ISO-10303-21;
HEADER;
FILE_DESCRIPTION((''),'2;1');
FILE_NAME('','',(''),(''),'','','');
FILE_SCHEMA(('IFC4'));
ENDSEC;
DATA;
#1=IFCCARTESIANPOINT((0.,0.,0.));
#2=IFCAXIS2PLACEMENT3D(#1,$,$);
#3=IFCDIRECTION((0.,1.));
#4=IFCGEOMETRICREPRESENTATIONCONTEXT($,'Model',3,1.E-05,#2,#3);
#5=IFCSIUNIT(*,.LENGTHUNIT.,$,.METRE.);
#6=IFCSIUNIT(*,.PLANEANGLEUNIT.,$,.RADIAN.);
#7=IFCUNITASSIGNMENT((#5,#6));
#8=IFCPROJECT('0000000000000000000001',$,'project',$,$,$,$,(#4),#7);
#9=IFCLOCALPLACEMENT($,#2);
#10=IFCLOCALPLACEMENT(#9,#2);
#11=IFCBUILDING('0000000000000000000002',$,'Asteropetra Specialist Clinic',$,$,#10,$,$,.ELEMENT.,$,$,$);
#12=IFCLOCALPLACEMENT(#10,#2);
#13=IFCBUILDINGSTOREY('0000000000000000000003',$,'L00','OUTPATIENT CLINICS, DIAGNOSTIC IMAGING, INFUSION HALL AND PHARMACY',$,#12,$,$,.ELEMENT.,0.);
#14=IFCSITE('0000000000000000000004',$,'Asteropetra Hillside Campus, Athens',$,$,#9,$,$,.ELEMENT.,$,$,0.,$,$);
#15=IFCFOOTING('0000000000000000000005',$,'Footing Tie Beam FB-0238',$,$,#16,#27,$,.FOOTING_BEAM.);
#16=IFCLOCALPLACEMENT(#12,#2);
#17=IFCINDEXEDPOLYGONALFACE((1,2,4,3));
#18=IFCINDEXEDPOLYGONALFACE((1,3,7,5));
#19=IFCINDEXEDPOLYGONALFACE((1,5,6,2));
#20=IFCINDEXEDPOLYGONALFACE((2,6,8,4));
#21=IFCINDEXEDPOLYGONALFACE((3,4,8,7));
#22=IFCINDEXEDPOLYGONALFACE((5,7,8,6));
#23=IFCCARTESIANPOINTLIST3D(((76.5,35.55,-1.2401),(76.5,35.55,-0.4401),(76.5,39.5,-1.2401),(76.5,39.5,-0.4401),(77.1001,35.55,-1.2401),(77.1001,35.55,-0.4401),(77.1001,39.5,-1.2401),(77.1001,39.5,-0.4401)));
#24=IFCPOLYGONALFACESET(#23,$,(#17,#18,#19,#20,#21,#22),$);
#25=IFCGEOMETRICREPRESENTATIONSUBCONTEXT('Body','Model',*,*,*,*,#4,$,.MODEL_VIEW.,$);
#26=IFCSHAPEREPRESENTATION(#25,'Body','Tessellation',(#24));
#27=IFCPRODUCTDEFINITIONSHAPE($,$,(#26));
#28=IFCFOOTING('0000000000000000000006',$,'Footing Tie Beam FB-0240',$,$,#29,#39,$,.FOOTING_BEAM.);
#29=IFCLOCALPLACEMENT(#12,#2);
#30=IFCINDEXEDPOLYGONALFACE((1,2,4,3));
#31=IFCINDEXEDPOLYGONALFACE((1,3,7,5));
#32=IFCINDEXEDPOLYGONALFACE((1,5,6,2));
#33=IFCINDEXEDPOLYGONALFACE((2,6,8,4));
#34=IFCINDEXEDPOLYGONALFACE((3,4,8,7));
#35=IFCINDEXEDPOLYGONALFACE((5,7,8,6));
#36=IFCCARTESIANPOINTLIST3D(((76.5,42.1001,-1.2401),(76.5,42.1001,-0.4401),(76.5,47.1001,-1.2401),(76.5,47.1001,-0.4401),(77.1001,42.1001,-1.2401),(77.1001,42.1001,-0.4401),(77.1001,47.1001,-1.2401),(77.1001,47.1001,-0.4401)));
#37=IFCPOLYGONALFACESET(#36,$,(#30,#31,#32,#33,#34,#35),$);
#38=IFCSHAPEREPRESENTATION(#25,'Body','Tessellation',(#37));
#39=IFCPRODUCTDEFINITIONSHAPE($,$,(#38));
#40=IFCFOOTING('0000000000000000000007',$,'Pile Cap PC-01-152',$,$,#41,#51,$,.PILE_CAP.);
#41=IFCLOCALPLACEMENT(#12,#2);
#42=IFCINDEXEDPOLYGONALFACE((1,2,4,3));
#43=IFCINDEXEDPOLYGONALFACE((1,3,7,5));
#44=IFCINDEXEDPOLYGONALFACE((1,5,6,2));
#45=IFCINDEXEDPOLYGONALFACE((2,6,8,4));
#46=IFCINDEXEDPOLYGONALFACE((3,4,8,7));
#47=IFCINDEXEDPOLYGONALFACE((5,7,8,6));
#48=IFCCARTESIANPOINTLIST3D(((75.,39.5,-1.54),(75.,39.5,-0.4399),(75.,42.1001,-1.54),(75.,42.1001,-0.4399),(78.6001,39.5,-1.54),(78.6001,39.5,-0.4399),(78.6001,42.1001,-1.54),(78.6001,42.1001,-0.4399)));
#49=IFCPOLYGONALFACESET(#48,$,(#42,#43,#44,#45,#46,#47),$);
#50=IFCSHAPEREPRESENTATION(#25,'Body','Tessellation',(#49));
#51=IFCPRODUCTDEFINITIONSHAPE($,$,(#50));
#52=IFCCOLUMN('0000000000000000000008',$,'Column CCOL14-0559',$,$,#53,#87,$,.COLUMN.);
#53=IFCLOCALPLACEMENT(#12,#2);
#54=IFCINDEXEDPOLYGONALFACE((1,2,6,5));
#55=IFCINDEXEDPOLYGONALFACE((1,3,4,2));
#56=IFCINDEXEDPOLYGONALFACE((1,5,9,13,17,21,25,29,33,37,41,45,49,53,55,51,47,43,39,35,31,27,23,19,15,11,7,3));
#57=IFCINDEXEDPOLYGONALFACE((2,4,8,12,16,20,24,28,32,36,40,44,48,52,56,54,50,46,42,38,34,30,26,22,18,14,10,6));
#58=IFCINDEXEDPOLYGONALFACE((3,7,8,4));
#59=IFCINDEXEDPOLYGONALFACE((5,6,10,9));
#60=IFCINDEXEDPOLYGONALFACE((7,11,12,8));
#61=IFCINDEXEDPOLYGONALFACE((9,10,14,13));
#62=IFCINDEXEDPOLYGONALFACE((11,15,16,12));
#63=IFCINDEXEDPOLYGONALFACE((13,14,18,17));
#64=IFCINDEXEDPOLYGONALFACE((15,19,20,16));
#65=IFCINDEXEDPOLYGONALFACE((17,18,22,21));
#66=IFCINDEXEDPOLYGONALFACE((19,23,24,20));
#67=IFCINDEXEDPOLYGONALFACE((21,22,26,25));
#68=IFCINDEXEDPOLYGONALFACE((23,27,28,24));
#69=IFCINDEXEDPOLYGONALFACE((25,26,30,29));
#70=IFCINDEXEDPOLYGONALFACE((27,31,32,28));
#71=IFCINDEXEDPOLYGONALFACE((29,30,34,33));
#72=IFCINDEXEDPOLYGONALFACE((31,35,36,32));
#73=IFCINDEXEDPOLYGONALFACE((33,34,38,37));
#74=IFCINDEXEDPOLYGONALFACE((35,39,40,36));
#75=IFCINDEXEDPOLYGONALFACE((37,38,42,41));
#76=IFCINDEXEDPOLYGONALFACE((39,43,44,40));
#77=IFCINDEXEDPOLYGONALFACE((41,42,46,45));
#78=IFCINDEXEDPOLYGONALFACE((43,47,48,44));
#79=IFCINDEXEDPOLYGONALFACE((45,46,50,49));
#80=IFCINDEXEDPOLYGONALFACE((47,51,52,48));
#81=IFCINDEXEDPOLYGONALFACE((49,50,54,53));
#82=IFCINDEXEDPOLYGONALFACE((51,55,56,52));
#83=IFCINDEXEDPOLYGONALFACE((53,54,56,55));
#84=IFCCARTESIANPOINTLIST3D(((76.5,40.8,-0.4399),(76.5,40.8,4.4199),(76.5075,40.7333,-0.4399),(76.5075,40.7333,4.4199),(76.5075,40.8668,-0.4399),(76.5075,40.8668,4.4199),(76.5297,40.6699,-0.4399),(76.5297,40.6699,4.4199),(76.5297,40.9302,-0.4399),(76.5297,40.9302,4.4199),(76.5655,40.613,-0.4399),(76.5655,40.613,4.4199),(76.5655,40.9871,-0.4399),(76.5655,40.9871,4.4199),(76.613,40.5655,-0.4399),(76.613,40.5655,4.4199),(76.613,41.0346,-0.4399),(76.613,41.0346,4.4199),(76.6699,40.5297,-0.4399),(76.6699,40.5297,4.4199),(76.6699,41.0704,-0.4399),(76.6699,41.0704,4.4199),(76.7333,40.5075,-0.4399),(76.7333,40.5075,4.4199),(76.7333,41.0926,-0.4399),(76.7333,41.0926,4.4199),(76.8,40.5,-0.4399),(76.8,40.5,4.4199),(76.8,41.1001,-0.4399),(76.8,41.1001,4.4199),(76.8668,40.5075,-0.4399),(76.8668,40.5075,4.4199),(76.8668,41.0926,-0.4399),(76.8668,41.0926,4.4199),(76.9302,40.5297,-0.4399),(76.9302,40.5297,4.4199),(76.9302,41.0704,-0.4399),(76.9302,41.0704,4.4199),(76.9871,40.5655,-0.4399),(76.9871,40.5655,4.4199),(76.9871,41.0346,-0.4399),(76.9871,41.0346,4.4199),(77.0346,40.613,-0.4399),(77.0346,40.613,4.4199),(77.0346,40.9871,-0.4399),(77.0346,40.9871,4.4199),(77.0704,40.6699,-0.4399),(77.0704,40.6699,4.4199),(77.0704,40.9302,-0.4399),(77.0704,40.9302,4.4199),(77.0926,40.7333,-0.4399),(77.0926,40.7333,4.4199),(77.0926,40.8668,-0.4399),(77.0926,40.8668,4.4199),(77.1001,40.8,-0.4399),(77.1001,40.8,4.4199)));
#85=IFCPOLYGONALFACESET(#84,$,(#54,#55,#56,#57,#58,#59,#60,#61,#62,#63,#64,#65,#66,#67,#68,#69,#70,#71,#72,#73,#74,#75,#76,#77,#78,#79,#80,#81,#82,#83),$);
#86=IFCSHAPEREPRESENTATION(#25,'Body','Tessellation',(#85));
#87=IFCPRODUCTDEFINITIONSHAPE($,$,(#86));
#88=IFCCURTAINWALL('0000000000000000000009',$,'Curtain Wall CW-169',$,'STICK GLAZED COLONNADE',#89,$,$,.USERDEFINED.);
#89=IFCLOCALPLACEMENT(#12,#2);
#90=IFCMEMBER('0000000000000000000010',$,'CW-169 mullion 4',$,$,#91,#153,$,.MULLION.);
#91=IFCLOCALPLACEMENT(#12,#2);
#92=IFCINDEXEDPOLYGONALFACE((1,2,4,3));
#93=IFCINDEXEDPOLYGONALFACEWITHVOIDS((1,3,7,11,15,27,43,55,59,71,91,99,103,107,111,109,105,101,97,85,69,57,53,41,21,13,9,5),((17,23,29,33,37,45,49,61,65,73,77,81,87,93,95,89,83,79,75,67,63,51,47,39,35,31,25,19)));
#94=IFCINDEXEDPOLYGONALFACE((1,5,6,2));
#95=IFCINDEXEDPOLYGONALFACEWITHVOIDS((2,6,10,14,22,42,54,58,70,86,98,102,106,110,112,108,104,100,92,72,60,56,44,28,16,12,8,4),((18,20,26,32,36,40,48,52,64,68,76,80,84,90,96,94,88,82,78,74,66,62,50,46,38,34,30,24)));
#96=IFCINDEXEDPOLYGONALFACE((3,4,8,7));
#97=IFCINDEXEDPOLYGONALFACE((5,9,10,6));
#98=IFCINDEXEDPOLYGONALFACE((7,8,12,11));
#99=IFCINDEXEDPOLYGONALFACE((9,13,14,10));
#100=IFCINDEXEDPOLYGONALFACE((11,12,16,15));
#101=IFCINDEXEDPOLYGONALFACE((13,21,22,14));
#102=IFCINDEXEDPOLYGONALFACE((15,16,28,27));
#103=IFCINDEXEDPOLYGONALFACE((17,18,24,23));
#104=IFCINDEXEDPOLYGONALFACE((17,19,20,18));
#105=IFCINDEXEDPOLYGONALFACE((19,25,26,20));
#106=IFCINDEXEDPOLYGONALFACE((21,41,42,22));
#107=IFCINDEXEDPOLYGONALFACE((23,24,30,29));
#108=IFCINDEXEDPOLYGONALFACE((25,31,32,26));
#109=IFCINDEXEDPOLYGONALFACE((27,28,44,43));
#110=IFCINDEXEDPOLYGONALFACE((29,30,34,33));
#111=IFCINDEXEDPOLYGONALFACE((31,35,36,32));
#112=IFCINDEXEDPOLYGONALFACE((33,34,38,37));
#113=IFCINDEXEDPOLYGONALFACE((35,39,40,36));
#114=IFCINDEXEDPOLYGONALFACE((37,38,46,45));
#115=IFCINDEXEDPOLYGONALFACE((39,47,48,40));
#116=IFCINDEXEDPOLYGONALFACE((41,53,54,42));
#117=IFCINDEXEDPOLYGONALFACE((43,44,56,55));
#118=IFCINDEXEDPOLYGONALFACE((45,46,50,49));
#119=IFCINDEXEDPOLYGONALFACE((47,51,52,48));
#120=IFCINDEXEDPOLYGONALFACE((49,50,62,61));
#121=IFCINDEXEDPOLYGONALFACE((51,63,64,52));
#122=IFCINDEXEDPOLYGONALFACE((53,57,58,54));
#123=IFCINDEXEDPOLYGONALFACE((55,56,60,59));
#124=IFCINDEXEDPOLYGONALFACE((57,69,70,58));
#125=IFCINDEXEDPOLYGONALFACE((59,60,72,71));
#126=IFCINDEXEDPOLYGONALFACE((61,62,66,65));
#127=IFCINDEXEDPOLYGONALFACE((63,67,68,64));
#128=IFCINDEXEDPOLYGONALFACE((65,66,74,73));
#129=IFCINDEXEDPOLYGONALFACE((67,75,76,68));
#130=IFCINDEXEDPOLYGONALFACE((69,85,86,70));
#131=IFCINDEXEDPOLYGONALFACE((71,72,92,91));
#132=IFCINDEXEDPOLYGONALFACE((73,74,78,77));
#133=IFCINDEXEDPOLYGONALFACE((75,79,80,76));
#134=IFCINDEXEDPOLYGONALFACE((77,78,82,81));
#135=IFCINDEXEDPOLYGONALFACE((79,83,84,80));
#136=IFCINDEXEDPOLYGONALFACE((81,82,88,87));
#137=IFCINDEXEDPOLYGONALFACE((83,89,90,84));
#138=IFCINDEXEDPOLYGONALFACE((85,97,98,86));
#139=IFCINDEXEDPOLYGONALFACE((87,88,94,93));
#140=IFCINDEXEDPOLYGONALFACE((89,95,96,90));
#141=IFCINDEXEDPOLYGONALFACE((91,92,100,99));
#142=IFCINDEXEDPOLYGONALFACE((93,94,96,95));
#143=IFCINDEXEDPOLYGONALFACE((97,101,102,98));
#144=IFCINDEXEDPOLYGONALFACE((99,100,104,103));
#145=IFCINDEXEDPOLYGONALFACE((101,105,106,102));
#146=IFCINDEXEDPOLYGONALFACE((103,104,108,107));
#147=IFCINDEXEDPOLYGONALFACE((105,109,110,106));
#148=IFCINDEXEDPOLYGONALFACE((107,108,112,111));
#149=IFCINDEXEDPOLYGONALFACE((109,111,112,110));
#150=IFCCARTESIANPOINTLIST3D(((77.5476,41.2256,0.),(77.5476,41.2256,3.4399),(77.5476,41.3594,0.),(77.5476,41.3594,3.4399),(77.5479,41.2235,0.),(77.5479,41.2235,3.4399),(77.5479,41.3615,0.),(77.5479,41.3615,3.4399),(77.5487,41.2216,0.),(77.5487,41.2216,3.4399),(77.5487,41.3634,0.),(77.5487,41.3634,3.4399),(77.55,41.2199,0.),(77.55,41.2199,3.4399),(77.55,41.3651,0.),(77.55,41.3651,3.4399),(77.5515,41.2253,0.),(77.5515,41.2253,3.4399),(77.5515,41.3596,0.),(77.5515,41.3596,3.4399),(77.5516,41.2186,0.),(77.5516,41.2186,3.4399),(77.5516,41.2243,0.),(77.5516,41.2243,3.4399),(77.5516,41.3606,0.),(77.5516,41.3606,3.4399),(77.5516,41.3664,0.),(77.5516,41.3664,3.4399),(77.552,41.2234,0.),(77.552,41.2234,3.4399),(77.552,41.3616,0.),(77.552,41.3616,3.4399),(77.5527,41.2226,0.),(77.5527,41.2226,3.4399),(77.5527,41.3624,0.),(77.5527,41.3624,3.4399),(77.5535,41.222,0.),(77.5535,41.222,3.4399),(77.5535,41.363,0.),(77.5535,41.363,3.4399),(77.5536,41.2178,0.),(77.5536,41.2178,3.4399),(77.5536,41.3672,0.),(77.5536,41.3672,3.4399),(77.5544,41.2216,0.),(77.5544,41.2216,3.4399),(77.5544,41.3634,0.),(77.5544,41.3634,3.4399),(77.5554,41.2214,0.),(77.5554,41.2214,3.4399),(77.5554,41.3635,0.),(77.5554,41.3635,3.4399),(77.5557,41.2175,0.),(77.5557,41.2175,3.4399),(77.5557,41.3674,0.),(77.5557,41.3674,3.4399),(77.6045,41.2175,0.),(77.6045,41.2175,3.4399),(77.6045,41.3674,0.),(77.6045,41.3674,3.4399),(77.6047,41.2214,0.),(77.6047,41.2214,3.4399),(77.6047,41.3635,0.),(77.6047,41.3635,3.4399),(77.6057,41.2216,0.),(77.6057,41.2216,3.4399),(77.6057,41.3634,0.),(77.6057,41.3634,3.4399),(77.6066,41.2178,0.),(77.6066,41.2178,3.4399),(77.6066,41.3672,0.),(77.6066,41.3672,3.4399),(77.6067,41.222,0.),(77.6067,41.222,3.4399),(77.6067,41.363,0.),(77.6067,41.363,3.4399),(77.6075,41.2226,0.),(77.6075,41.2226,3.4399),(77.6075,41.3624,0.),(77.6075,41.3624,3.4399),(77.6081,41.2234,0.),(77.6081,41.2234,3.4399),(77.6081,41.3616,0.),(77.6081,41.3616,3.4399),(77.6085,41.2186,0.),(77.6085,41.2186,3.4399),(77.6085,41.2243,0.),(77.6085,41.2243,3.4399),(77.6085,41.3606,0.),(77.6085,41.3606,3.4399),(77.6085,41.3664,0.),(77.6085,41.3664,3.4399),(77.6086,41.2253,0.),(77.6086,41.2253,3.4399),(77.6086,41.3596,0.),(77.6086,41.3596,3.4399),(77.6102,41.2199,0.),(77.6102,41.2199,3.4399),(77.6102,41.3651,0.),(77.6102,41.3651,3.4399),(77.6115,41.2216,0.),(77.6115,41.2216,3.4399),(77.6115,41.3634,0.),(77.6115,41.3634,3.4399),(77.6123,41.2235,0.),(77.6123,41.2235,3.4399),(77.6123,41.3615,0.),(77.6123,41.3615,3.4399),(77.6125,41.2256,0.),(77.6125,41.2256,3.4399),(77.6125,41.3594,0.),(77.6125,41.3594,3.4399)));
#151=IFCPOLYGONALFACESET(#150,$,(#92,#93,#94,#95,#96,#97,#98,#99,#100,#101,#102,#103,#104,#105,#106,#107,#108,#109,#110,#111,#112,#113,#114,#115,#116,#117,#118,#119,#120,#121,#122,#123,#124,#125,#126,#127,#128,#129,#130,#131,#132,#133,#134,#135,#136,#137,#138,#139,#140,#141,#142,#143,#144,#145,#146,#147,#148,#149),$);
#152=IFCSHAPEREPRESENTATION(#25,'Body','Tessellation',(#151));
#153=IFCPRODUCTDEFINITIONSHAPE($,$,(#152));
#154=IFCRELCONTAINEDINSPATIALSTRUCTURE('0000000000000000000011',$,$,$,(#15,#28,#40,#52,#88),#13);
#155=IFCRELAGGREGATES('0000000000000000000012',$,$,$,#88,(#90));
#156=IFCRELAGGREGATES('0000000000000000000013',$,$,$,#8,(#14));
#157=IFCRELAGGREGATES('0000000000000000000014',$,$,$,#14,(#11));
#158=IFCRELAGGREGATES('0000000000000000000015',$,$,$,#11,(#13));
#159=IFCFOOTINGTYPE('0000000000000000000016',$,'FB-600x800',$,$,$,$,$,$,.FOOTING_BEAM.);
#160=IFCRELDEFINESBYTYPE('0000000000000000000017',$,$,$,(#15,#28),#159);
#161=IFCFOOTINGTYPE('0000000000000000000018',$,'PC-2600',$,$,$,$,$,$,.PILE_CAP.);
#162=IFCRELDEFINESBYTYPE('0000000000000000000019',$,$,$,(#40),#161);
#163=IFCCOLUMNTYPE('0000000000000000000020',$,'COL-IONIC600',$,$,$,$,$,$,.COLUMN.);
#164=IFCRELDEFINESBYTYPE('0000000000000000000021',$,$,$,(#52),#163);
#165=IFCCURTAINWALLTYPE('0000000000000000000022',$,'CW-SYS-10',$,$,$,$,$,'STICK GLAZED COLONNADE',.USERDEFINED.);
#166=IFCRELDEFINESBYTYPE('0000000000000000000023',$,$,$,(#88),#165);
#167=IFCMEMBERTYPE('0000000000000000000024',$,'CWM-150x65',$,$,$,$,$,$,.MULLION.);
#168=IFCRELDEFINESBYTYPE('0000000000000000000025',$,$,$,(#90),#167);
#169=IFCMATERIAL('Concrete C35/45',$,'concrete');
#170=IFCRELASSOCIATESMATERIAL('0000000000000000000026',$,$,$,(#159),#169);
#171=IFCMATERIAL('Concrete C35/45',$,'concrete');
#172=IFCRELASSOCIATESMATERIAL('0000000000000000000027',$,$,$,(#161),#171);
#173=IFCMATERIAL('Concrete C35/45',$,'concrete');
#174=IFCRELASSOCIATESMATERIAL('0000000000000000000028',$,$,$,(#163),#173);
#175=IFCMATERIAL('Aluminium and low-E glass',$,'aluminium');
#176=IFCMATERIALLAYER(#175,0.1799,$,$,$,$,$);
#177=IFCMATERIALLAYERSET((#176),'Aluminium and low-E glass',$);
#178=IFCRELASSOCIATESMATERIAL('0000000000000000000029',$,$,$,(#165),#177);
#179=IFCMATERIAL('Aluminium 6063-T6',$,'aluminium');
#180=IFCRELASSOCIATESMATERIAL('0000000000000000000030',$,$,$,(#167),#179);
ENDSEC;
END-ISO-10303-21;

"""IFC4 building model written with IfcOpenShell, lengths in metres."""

from ifc_helpers import new_model, si_unit, direction, frame, origin, origin_2d, place, context, subcontext, project, spatial, rectangle, hollow_rectangle, circle, extrude, material, layer, layer_set, material_profile, profile_set, type_object, element, aggregate, save


model = new_model("IFC4")

# Units and contexts
model_context = context("Model", 3, precision=1e-05, world=origin(), true_north=direction((0.0, 1.0)))
body_context = subcontext(model_context, "Body", "Model", "MODEL_VIEW")
ifc_project = project(units=[si_unit("LENGTHUNIT", "METRE"), si_unit("PLANEANGLEUNIT", "RADIAN")], contexts=[model_context])

# Site, building, storey
site_placement = place(None, origin())
site = spatial("IfcSite", under=ifc_project, at=site_placement, Name="Asteropetra Hillside Campus, Athens", CompositionType="ELEMENT", RefElevation=0.0)
building_placement = place(site_placement, origin())
building = spatial("IfcBuilding", under=site, at=building_placement, Name="Asteropetra Specialist Clinic", CompositionType="ELEMENT")
storey_placement = place(building_placement, origin())
storey = spatial("IfcBuildingStorey", under=building, at=storey_placement, Name="L00", Description="OUTPATIENT CLINICS, DIAGNOSTIC IMAGING, INFUSION HALL AND PHARMACY", CompositionType="ELEMENT", Elevation=0.0)

# Footings
ifc_material_1 = material(Name="Concrete C35/45", Category="concrete")
ifc_material_profile_1 = material_profile(ifc_material_1, rectangle(XDim=0.6001, YDim=0.8, at=origin_2d()), Name="FB 600x800")
ifc_profile_set_1 = profile_set([ifc_material_profile_1], Name="Concrete C35/45")
footing_type_1 = type_object("IfcFootingType", Name="FB-600x800", PredefinedType="FOOTING_BEAM", material=ifc_profile_set_1)
footing_1_placement = place(storey_placement, frame((76.8, 35.55, -0.8401), z_axis=(0.0, 1.0, 0.0), x_axis=(-1.0, 0.0, 0.0)))
element("IfcFooting", 1, at=footing_1_placement, inside=storey, type_object=footing_type_1, Name="Footing Tie Beam FB-0238", PredefinedType="FOOTING_BEAM", context=body_context, shape_type="SweptSolid", body=[
    extrude(rectangle(XDim=0.6001, YDim=0.8, at=origin_2d()), origin(), (0.0, 0.0, 1.0), 3.95),
])
footing_2_placement = place(storey_placement, frame((76.8, 42.1001, -0.8401), z_axis=(0.0, 1.0, 0.0), x_axis=(-1.0, 0.0, 0.0)))
element("IfcFooting", 2, at=footing_2_placement, inside=storey, type_object=footing_type_1, Name="Footing Tie Beam FB-0240", PredefinedType="FOOTING_BEAM", context=body_context, shape_type="SweptSolid", body=[
    extrude(rectangle(XDim=0.6001, YDim=0.8, at=origin_2d()), origin(), (0.0, 0.0, 1.0), 5.0),
])
ifc_material_2 = material(Name="Concrete C35/45", Category="concrete")
footing_type_2 = type_object("IfcFootingType", Name="PC-2600", PredefinedType="PILE_CAP", material=ifc_material_2)
footing_3_placement = place(storey_placement, frame((76.8, 40.8, -1.54), z_axis=(0.0, 0.0, 1.0), x_axis=(1.0, 0.0, 0.0)))
element("IfcFooting", 3, at=footing_3_placement, inside=storey, type_object=footing_type_2, Name="Pile Cap PC-01-152", PredefinedType="PILE_CAP", context=body_context, shape_type="SweptSolid", body=[
    extrude(rectangle(XDim=3.6001, YDim=2.6001, at=origin_2d()), origin(), (0.0, 0.0, 1.0), 1.1001),
])

# Column
ifc_material_3 = material(Name="Concrete C35/45", Category="concrete")
ifc_material_profile_2 = material_profile(ifc_material_3, circle(Radius=0.3, at=origin_2d()), Name="RCC D600")
ifc_profile_set_2 = profile_set([ifc_material_profile_2], Name="Concrete C35/45")
column_type = type_object("IfcColumnType", Name="COL-IONIC600", PredefinedType="COLUMN", material=ifc_profile_set_2)
column_placement = place(storey_placement, frame((76.8, 40.8, -0.4399), z_axis=(0.0, 0.0, 1.0), x_axis=(1.0, 0.0, 0.0)))
element("IfcColumn", 4, at=column_placement, inside=storey, type_object=column_type, Name="Column CCOL14-0559", PredefinedType="COLUMN", context=body_context, shape_type="SweptSolid", body=[
    extrude(circle(Radius=0.3, at=origin_2d()), origin(), (0.0, 0.0, 1.0), 4.8599),
])

# Curtain wall, member
ifc_material_4 = material(Name="Aluminium and low-E glass", Category="aluminium")
ifc_layer_1 = layer(ifc_material_4, 0.1799)
ifc_layer_set_1 = layer_set([ifc_layer_1], Name="Aluminium and low-E glass")
curtain_wall_type = type_object("IfcCurtainWallType", Name="CW-SYS-10", ElementType="STICK GLAZED COLONNADE", PredefinedType="USERDEFINED", material=ifc_layer_set_1)
curtain_wall_placement = place(storey_placement, origin())
curtain_wall = element("IfcCurtainWall", 5, at=curtain_wall_placement, inside=storey, type_object=curtain_wall_type, Name="Curtain Wall CW-169", ObjectType="STICK GLAZED COLONNADE", PredefinedType="USERDEFINED")
ifc_material_5 = material(Name="Aluminium 6063-T6", Category="aluminium")
ifc_material_profile_3 = material_profile(ifc_material_5, hollow_rectangle(XDim=0.0649, YDim=0.1499, WallThickness=0.0039, InnerFilletRadius=0.0039, OuterFilletRadius=0.0081, at=origin_2d()), Name="MUL 150x65x4.0")
ifc_profile_set_3 = profile_set([ifc_material_profile_3], Name="Aluminium 6063-T6")
member_type_1 = type_object("IfcMemberType", Name="CWM-150x65", PredefinedType="MULLION", material=ifc_profile_set_3)
member_1_placement = place(storey_placement, frame((77.5801, 41.2925, 0.0), z_axis=(0.0, 0.0, 1.0), x_axis=(1.0, 0.0, 0.0)))
member_1 = element("IfcMember", 6, at=member_1_placement, type_object=member_type_1, Name="CW-169 mullion 4", PredefinedType="MULLION", context=body_context, shape_type="SweptSolid", body=[
    extrude(hollow_rectangle(XDim=0.0649, YDim=0.1499, WallThickness=0.0039, InnerFilletRadius=0.0039, OuterFilletRadius=0.0081, at=origin_2d()), origin(), (0.0, 0.0, 1.0), 3.4399),
])
aggregate(curtain_wall, [member_1])

save(model, "model.ifc")
